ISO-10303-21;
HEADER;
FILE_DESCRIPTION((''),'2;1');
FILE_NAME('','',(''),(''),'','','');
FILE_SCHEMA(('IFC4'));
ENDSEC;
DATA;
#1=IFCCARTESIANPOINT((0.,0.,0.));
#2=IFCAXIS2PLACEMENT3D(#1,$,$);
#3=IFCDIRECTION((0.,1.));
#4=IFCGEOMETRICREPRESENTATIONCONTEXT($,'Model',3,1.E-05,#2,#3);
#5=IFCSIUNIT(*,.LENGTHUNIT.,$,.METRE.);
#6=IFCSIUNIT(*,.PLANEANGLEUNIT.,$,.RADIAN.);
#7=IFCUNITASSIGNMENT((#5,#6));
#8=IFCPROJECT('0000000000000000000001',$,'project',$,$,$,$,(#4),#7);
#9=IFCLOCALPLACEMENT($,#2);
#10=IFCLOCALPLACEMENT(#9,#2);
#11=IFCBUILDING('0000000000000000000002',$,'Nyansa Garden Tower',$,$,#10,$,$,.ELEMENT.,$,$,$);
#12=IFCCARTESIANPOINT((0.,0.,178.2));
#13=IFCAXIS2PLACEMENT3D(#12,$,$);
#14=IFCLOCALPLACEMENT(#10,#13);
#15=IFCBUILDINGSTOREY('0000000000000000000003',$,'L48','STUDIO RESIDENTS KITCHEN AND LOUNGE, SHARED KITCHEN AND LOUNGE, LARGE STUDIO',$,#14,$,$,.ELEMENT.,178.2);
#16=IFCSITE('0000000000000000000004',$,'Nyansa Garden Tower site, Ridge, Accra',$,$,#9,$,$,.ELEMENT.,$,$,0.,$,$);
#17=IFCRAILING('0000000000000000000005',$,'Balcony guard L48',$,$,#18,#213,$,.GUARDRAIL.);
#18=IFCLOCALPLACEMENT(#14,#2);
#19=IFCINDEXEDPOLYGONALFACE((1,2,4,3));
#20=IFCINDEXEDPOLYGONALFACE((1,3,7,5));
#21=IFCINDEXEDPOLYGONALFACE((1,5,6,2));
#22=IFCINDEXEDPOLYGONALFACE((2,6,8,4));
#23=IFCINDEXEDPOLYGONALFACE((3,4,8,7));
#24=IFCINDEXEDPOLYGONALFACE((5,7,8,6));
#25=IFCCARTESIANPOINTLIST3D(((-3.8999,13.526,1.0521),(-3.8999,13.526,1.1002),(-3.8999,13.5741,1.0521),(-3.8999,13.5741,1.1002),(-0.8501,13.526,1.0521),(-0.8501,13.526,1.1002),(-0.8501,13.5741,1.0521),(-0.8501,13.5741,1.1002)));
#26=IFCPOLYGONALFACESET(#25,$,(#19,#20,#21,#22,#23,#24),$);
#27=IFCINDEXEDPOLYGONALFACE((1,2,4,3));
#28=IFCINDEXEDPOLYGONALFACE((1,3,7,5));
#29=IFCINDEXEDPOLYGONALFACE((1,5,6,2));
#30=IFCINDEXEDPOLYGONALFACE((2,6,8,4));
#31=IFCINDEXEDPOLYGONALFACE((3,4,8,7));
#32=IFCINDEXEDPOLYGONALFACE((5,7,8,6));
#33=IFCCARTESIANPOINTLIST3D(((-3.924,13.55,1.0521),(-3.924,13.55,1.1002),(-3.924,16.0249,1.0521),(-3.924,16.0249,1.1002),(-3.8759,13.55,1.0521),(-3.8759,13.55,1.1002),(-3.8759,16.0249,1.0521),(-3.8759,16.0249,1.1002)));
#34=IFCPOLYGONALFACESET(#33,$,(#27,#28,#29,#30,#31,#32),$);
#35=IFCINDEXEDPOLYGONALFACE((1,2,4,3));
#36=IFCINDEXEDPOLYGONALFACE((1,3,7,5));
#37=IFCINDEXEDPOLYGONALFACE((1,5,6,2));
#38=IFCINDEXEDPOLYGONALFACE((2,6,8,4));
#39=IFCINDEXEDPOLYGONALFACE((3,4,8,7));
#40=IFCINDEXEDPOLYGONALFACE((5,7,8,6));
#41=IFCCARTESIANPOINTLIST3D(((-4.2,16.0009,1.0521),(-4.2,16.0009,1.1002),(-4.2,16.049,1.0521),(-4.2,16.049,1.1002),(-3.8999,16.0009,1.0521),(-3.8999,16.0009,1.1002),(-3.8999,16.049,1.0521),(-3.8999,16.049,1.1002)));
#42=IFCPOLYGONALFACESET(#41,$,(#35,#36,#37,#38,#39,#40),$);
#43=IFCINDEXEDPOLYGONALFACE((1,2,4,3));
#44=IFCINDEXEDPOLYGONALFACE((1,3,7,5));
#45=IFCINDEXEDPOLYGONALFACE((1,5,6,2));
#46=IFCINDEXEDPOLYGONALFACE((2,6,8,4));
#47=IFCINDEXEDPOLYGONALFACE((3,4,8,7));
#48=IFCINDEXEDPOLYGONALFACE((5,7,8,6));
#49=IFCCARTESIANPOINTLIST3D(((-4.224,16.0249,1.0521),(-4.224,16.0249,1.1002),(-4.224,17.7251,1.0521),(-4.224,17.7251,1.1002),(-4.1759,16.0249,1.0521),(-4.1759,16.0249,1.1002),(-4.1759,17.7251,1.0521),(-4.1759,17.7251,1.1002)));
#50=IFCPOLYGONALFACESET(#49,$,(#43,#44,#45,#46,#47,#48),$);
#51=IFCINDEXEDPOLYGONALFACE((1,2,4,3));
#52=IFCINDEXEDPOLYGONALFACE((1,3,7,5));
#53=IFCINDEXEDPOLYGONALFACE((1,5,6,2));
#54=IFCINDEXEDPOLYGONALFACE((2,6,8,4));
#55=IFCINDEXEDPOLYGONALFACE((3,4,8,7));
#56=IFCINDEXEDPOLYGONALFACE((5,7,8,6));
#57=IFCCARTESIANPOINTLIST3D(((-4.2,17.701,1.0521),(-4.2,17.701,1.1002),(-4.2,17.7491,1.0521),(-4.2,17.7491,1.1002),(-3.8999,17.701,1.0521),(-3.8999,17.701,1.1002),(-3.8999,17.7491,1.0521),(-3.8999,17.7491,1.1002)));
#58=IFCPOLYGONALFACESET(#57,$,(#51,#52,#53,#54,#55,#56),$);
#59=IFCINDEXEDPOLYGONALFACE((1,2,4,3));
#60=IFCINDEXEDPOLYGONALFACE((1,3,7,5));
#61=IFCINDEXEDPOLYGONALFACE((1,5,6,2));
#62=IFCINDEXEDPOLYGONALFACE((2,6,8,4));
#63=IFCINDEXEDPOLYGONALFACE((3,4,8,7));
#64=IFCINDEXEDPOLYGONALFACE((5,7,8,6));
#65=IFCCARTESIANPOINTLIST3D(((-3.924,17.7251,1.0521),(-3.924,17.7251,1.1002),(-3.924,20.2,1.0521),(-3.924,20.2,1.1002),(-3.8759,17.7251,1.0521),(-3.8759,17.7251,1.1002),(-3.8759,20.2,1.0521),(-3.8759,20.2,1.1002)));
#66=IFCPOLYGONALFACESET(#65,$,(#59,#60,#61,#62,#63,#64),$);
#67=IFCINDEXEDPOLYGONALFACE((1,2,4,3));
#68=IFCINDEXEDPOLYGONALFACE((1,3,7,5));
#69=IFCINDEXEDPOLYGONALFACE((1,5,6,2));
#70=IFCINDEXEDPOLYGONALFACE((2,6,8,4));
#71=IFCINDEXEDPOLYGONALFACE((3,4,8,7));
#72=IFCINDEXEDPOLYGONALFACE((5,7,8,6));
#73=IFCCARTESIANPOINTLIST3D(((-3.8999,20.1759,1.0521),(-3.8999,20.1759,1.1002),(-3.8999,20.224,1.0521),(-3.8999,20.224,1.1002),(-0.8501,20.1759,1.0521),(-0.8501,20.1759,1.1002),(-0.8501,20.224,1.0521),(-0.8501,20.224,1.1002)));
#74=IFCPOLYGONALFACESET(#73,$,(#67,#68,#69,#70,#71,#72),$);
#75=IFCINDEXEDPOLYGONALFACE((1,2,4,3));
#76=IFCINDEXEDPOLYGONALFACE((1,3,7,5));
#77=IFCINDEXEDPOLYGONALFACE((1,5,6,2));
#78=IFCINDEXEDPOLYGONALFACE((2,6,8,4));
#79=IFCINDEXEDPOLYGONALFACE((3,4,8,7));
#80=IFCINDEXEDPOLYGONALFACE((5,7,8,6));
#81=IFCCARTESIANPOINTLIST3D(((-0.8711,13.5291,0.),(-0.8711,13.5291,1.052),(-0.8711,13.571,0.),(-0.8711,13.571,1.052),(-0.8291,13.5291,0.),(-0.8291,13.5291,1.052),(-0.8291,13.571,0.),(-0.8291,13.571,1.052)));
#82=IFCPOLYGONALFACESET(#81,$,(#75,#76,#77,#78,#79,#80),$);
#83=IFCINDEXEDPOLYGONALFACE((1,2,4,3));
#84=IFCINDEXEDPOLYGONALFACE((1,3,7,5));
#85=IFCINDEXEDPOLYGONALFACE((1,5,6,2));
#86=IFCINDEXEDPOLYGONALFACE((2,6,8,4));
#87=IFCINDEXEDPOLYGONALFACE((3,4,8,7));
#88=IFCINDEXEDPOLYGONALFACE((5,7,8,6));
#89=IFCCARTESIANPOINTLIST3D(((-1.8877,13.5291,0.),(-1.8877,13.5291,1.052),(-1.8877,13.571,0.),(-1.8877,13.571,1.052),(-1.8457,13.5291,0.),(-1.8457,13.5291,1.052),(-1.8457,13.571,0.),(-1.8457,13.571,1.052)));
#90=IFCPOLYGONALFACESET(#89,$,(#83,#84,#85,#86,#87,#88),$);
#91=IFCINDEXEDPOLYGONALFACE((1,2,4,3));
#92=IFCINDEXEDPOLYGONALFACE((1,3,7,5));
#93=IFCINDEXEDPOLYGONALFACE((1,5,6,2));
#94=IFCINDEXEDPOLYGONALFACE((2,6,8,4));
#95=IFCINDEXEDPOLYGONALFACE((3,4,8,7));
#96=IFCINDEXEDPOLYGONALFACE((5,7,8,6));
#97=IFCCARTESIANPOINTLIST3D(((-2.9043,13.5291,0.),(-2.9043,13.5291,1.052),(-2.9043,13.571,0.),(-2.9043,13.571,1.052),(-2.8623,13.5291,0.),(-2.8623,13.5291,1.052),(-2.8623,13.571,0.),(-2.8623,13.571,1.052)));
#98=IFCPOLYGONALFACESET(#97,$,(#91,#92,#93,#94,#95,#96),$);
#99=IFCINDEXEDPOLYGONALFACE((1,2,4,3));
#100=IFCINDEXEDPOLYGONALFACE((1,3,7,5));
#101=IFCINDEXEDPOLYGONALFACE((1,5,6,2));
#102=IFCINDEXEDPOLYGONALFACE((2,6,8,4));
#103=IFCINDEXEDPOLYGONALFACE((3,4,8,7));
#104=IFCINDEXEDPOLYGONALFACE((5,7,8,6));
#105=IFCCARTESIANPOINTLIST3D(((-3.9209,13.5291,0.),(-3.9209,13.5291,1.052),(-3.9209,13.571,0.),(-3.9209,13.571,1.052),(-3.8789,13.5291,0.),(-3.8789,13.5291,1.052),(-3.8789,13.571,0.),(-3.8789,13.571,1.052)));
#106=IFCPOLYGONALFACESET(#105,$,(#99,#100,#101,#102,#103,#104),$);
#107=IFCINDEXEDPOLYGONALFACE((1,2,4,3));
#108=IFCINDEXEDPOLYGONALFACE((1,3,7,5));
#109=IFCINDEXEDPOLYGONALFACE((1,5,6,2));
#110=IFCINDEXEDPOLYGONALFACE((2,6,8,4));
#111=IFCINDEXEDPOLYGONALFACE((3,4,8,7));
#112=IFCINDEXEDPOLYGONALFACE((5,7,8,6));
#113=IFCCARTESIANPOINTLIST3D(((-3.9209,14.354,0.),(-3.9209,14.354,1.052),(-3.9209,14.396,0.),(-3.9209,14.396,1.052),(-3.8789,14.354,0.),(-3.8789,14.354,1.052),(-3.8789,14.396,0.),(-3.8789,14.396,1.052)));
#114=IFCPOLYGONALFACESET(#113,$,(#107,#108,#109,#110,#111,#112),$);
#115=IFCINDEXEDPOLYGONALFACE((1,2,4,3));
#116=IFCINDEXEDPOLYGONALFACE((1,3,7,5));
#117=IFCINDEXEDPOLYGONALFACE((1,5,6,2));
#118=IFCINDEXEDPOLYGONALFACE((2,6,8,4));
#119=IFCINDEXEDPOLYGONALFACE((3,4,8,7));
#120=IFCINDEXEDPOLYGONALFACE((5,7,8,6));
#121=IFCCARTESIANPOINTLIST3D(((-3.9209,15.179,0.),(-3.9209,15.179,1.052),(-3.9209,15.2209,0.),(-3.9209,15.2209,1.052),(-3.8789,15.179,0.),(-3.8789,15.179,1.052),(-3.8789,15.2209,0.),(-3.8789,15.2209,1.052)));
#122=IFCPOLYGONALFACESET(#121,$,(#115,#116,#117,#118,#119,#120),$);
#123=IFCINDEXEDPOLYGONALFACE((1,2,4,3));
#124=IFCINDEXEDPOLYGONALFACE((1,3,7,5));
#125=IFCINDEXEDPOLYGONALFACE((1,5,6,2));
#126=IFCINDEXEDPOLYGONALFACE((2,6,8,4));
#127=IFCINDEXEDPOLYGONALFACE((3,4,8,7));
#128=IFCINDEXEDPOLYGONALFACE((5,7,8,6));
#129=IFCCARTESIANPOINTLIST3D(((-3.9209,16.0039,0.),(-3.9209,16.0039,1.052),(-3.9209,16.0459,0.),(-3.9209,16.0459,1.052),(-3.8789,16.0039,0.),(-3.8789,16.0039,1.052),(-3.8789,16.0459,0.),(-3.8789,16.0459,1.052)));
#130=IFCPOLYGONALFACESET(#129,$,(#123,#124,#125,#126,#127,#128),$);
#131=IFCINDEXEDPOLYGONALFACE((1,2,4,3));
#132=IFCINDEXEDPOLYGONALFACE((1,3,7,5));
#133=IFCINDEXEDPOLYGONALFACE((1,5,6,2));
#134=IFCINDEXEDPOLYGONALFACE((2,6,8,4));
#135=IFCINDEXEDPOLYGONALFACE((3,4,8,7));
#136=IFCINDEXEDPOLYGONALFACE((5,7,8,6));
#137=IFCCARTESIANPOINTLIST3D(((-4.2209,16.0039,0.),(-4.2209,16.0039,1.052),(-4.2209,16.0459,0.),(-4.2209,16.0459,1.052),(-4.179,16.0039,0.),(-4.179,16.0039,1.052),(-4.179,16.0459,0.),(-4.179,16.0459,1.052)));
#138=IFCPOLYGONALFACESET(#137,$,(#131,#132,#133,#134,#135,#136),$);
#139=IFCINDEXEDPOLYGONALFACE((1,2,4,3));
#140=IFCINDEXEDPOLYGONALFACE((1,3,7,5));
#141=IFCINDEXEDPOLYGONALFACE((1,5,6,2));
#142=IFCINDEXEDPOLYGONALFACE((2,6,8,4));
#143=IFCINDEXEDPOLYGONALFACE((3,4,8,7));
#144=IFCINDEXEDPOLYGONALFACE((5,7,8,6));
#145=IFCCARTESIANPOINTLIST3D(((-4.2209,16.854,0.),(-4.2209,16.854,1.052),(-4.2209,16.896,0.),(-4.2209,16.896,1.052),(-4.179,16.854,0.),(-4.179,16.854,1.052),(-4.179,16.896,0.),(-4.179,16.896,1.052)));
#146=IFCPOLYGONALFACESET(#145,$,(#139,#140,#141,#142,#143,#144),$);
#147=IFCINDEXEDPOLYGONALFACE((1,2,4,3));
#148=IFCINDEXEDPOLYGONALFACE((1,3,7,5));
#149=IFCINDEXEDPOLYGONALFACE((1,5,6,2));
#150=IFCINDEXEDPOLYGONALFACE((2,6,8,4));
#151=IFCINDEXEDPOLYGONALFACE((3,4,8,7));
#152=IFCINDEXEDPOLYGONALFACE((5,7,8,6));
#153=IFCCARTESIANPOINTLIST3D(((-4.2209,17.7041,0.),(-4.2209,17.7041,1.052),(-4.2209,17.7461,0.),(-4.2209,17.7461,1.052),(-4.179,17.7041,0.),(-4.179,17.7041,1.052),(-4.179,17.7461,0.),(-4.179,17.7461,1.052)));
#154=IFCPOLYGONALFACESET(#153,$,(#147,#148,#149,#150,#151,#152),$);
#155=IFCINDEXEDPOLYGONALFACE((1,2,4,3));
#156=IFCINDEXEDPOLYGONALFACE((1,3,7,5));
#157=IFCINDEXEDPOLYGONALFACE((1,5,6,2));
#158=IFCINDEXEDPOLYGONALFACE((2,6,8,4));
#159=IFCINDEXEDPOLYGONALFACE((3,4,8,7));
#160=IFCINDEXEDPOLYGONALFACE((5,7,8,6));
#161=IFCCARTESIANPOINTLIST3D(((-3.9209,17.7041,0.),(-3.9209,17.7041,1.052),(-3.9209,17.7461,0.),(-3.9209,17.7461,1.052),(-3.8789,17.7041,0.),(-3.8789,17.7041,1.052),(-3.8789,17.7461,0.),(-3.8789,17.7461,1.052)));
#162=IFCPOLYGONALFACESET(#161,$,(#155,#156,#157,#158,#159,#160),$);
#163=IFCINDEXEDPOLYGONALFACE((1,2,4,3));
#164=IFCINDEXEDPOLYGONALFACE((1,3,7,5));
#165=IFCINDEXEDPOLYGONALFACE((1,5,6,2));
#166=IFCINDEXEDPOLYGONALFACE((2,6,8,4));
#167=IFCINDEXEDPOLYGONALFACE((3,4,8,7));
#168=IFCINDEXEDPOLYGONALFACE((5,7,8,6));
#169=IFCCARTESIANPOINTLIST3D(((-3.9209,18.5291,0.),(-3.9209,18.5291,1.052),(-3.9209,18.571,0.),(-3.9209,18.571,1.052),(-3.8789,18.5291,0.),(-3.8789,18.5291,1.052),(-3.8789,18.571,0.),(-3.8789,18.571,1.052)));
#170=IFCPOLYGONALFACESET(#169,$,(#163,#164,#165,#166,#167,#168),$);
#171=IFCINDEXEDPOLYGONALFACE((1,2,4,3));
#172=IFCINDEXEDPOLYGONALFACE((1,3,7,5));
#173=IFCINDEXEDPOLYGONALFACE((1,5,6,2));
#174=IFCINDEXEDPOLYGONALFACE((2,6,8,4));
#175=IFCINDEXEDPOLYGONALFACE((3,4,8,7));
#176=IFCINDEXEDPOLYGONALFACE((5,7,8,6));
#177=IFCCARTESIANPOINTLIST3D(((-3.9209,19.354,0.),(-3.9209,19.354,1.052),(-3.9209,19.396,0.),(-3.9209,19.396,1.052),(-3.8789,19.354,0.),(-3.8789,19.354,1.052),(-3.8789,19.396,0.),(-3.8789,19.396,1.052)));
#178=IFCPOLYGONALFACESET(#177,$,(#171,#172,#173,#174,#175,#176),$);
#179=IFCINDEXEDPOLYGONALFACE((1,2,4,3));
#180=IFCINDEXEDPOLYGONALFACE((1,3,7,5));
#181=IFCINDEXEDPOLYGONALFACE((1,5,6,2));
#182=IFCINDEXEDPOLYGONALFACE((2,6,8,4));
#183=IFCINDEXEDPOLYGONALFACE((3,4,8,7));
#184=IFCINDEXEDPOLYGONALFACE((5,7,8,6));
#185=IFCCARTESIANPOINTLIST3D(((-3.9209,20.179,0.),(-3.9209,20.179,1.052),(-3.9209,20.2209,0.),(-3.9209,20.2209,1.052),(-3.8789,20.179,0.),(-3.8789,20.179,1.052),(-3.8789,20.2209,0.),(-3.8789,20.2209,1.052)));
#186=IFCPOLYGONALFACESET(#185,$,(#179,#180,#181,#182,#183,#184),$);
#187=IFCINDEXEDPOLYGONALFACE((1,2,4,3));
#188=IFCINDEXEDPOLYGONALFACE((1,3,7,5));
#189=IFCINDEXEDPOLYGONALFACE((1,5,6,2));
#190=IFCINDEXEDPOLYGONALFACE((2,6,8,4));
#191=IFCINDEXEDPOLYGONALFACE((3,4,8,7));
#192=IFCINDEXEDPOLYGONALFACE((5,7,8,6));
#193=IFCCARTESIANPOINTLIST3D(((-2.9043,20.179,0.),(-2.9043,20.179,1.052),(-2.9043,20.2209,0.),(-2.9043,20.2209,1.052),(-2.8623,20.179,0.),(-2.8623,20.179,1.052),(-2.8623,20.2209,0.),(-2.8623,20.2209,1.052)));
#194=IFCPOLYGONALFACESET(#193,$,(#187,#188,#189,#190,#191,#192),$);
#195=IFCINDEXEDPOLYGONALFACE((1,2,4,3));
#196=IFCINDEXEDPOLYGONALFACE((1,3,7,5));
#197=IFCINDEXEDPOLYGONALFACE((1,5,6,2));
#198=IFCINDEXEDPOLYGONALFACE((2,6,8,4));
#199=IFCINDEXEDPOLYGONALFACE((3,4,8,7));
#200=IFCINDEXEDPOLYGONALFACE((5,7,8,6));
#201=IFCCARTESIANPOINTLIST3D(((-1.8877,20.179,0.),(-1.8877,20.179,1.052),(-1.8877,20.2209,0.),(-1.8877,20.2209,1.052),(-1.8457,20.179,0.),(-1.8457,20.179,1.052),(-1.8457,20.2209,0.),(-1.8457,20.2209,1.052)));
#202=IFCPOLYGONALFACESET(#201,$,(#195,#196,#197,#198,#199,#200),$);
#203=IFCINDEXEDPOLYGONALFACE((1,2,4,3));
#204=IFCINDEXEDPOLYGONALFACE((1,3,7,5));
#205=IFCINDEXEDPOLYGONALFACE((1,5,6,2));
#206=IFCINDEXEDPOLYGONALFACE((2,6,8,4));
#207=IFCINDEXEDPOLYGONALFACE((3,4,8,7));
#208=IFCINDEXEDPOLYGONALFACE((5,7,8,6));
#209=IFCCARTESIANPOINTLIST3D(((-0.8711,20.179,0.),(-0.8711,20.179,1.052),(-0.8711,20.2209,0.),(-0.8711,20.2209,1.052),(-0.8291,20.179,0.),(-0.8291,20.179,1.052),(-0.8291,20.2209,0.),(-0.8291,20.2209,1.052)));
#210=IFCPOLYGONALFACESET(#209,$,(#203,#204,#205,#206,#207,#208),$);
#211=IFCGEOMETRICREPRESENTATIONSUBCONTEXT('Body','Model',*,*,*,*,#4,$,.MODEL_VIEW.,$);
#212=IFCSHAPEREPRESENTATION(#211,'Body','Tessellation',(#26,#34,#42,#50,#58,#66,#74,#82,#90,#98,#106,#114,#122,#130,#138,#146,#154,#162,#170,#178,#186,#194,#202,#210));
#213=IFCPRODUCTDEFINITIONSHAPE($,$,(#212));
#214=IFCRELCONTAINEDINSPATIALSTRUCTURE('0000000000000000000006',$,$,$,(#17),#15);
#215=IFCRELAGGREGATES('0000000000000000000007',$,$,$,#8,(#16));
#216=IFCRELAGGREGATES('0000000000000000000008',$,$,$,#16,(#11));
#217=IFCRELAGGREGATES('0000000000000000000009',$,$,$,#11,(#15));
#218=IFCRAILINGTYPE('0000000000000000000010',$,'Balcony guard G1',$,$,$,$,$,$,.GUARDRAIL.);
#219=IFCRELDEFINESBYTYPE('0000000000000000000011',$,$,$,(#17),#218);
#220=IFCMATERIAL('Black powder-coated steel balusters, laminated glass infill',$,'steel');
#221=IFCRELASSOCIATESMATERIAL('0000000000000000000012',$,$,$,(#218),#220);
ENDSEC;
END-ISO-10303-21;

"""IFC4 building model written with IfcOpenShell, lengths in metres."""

from ifc_helpers import new_model, si_unit, direction, frame, origin, origin_2d, place, context, subcontext, project, spatial, rectangle, extrude, material, type_object, element, save


model = new_model("IFC4")

# Units and contexts
model_context = context("Model", 3, precision=1e-05, world=origin(), true_north=direction((0.0, 1.0)))
body_context = subcontext(model_context, "Body", "Model", "MODEL_VIEW")
ifc_project = project(units=[si_unit("LENGTHUNIT", "METRE"), si_unit("PLANEANGLEUNIT", "RADIAN")], contexts=[model_context])

# Site, building, storey
site_placement = place(None, origin())
site = spatial("IfcSite", under=ifc_project, at=site_placement, Name="Nyansa Garden Tower site, Ridge, Accra", CompositionType="ELEMENT", RefElevation=0.0)
building_placement = place(site_placement, origin())
building = spatial("IfcBuilding", under=site, at=building_placement, Name="Nyansa Garden Tower", CompositionType="ELEMENT")
storey_placement = place(building_placement, frame((0.0, 0.0, 178.2)))
storey = spatial("IfcBuildingStorey", under=building, at=storey_placement, Name="L48", Description="STUDIO RESIDENTS KITCHEN AND LOUNGE, SHARED KITCHEN AND LOUNGE, LARGE STUDIO", CompositionType="ELEMENT", Elevation=178.2)

# Railing
ifc_material_1 = material(Name="Black powder-coated steel balusters, laminated glass infill", Category="steel")
railing_type = type_object("IfcRailingType", Name="Balcony guard G1", PredefinedType="GUARDRAIL", material=ifc_material_1)
railing_placement = place(storey_placement, frame((-0.8501, 13.55, 0.0)))
element("IfcRailing", 1, at=railing_placement, inside=storey, type_object=railing_type, Name="Balcony guard L48", PredefinedType="GUARDRAIL", context=body_context, shape_type="SweptSolid", body=[
    extrude(rectangle(XDim=0.0481, YDim=0.0481, at=origin_2d()), frame((0.0, 0.0, 1.0762), z_axis=(-1.0, 0.0, 0.0), x_axis=(0.0, -1.0, 0.0)), (0.0, 0.0, 1.0), 3.0498),
    extrude(rectangle(XDim=0.0481, YDim=0.0481, at=origin_2d()), frame((-3.0498, 0.0, 1.0762), z_axis=(0.0, 1.0, 0.0), x_axis=(-1.0, 0.0, 0.0)), (0.0, 0.0, 1.0), 2.4749),
    extrude(rectangle(XDim=0.0481, YDim=0.0481, at=origin_2d()), frame((-3.0498, 2.4749, 1.0762), z_axis=(-1.0, 0.0, 0.0), x_axis=(0.0, -1.0, 0.0)), (0.0, 0.0, 1.0), 0.3),
    extrude(rectangle(XDim=0.0481, YDim=0.0481, at=origin_2d()), frame((-3.3499, 2.4749, 1.0762), z_axis=(0.0, 1.0, 0.0), x_axis=(-1.0, 0.0, 0.0)), (0.0, 0.0, 1.0), 1.7002),
    extrude(rectangle(XDim=0.0481, YDim=0.0481, at=origin_2d()), frame((-3.3499, 4.175, 1.0762), z_axis=(1.0, 0.0, 0.0), x_axis=(0.0, 1.0, 0.0)), (0.0, 0.0, 1.0), 0.3),
    extrude(rectangle(XDim=0.0481, YDim=0.0481, at=origin_2d()), frame((-3.0498, 4.175, 1.0762), z_axis=(0.0, 1.0, 0.0), x_axis=(-1.0, 0.0, 0.0)), (0.0, 0.0, 1.0), 2.4749),
    extrude(rectangle(XDim=0.0481, YDim=0.0481, at=origin_2d()), frame((-3.0498, 6.6499, 1.0762), z_axis=(1.0, 0.0, 0.0), x_axis=(0.0, 1.0, 0.0)), (0.0, 0.0, 1.0), 3.0498),
    extrude(rectangle(XDim=0.042, YDim=0.042, at=origin_2d()), origin(), (0.0, 0.0, 1.0), 1.052),
    extrude(rectangle(XDim=0.042, YDim=0.042, at=origin_2d()), frame((-1.0166, 0.0, 0.0)), (0.0, 0.0, 1.0), 1.052),
    extrude(rectangle(XDim=0.042, YDim=0.042, at=origin_2d()), frame((-2.0332, 0.0, 0.0)), (0.0, 0.0, 1.0), 1.052),
    extrude(rectangle(XDim=0.042, YDim=0.042, at=origin_2d()), frame((-3.0498, 0.0, 0.0)), (0.0, 0.0, 1.0), 1.052),
    extrude(rectangle(XDim=0.042, YDim=0.042, at=origin_2d()), frame((-3.0498, 0.825, 0.0)), (0.0, 0.0, 1.0), 1.052),
    extrude(rectangle(XDim=0.042, YDim=0.042, at=origin_2d()), frame((-3.0498, 1.6499, 0.0)), (0.0, 0.0, 1.0), 1.052),
    extrude(rectangle(XDim=0.042, YDim=0.042, at=origin_2d()), frame((-3.0498, 2.4749, 0.0)), (0.0, 0.0, 1.0), 1.052),
    extrude(rectangle(XDim=0.042, YDim=0.042, at=origin_2d()), frame((-3.3499, 2.4749, 0.0)), (0.0, 0.0, 1.0), 1.052),
    extrude(rectangle(XDim=0.042, YDim=0.042, at=origin_2d()), frame((-3.3499, 3.325, 0.0)), (0.0, 0.0, 1.0), 1.052),
    extrude(rectangle(XDim=0.042, YDim=0.042, at=origin_2d()), frame((-3.3499, 4.175, 0.0)), (0.0, 0.0, 1.0), 1.052),
    extrude(rectangle(XDim=0.042, YDim=0.042, at=origin_2d()), frame((-3.0498, 4.175, 0.0)), (0.0, 0.0, 1.0), 1.052),
    extrude(rectangle(XDim=0.042, YDim=0.042, at=origin_2d()), frame((-3.0498, 5.0, 0.0)), (0.0, 0.0, 1.0), 1.052),
    extrude(rectangle(XDim=0.042, YDim=0.042, at=origin_2d()), frame((-3.0498, 5.825, 0.0)), (0.0, 0.0, 1.0), 1.052),
    extrude(rectangle(XDim=0.042, YDim=0.042, at=origin_2d()), frame((-3.0498, 6.6499, 0.0)), (0.0, 0.0, 1.0), 1.052),
    extrude(rectangle(XDim=0.042, YDim=0.042, at=origin_2d()), frame((-2.0332, 6.6499, 0.0)), (0.0, 0.0, 1.0), 1.052),
    extrude(rectangle(XDim=0.042, YDim=0.042, at=origin_2d()), frame((-1.0166, 6.6499, 0.0)), (0.0, 0.0, 1.0), 1.052),
    extrude(rectangle(XDim=0.042, YDim=0.042, at=origin_2d()), frame((0.0, 6.6499, 0.0)), (0.0, 0.0, 1.0), 1.052),
])

save(model, "model.ifc")
